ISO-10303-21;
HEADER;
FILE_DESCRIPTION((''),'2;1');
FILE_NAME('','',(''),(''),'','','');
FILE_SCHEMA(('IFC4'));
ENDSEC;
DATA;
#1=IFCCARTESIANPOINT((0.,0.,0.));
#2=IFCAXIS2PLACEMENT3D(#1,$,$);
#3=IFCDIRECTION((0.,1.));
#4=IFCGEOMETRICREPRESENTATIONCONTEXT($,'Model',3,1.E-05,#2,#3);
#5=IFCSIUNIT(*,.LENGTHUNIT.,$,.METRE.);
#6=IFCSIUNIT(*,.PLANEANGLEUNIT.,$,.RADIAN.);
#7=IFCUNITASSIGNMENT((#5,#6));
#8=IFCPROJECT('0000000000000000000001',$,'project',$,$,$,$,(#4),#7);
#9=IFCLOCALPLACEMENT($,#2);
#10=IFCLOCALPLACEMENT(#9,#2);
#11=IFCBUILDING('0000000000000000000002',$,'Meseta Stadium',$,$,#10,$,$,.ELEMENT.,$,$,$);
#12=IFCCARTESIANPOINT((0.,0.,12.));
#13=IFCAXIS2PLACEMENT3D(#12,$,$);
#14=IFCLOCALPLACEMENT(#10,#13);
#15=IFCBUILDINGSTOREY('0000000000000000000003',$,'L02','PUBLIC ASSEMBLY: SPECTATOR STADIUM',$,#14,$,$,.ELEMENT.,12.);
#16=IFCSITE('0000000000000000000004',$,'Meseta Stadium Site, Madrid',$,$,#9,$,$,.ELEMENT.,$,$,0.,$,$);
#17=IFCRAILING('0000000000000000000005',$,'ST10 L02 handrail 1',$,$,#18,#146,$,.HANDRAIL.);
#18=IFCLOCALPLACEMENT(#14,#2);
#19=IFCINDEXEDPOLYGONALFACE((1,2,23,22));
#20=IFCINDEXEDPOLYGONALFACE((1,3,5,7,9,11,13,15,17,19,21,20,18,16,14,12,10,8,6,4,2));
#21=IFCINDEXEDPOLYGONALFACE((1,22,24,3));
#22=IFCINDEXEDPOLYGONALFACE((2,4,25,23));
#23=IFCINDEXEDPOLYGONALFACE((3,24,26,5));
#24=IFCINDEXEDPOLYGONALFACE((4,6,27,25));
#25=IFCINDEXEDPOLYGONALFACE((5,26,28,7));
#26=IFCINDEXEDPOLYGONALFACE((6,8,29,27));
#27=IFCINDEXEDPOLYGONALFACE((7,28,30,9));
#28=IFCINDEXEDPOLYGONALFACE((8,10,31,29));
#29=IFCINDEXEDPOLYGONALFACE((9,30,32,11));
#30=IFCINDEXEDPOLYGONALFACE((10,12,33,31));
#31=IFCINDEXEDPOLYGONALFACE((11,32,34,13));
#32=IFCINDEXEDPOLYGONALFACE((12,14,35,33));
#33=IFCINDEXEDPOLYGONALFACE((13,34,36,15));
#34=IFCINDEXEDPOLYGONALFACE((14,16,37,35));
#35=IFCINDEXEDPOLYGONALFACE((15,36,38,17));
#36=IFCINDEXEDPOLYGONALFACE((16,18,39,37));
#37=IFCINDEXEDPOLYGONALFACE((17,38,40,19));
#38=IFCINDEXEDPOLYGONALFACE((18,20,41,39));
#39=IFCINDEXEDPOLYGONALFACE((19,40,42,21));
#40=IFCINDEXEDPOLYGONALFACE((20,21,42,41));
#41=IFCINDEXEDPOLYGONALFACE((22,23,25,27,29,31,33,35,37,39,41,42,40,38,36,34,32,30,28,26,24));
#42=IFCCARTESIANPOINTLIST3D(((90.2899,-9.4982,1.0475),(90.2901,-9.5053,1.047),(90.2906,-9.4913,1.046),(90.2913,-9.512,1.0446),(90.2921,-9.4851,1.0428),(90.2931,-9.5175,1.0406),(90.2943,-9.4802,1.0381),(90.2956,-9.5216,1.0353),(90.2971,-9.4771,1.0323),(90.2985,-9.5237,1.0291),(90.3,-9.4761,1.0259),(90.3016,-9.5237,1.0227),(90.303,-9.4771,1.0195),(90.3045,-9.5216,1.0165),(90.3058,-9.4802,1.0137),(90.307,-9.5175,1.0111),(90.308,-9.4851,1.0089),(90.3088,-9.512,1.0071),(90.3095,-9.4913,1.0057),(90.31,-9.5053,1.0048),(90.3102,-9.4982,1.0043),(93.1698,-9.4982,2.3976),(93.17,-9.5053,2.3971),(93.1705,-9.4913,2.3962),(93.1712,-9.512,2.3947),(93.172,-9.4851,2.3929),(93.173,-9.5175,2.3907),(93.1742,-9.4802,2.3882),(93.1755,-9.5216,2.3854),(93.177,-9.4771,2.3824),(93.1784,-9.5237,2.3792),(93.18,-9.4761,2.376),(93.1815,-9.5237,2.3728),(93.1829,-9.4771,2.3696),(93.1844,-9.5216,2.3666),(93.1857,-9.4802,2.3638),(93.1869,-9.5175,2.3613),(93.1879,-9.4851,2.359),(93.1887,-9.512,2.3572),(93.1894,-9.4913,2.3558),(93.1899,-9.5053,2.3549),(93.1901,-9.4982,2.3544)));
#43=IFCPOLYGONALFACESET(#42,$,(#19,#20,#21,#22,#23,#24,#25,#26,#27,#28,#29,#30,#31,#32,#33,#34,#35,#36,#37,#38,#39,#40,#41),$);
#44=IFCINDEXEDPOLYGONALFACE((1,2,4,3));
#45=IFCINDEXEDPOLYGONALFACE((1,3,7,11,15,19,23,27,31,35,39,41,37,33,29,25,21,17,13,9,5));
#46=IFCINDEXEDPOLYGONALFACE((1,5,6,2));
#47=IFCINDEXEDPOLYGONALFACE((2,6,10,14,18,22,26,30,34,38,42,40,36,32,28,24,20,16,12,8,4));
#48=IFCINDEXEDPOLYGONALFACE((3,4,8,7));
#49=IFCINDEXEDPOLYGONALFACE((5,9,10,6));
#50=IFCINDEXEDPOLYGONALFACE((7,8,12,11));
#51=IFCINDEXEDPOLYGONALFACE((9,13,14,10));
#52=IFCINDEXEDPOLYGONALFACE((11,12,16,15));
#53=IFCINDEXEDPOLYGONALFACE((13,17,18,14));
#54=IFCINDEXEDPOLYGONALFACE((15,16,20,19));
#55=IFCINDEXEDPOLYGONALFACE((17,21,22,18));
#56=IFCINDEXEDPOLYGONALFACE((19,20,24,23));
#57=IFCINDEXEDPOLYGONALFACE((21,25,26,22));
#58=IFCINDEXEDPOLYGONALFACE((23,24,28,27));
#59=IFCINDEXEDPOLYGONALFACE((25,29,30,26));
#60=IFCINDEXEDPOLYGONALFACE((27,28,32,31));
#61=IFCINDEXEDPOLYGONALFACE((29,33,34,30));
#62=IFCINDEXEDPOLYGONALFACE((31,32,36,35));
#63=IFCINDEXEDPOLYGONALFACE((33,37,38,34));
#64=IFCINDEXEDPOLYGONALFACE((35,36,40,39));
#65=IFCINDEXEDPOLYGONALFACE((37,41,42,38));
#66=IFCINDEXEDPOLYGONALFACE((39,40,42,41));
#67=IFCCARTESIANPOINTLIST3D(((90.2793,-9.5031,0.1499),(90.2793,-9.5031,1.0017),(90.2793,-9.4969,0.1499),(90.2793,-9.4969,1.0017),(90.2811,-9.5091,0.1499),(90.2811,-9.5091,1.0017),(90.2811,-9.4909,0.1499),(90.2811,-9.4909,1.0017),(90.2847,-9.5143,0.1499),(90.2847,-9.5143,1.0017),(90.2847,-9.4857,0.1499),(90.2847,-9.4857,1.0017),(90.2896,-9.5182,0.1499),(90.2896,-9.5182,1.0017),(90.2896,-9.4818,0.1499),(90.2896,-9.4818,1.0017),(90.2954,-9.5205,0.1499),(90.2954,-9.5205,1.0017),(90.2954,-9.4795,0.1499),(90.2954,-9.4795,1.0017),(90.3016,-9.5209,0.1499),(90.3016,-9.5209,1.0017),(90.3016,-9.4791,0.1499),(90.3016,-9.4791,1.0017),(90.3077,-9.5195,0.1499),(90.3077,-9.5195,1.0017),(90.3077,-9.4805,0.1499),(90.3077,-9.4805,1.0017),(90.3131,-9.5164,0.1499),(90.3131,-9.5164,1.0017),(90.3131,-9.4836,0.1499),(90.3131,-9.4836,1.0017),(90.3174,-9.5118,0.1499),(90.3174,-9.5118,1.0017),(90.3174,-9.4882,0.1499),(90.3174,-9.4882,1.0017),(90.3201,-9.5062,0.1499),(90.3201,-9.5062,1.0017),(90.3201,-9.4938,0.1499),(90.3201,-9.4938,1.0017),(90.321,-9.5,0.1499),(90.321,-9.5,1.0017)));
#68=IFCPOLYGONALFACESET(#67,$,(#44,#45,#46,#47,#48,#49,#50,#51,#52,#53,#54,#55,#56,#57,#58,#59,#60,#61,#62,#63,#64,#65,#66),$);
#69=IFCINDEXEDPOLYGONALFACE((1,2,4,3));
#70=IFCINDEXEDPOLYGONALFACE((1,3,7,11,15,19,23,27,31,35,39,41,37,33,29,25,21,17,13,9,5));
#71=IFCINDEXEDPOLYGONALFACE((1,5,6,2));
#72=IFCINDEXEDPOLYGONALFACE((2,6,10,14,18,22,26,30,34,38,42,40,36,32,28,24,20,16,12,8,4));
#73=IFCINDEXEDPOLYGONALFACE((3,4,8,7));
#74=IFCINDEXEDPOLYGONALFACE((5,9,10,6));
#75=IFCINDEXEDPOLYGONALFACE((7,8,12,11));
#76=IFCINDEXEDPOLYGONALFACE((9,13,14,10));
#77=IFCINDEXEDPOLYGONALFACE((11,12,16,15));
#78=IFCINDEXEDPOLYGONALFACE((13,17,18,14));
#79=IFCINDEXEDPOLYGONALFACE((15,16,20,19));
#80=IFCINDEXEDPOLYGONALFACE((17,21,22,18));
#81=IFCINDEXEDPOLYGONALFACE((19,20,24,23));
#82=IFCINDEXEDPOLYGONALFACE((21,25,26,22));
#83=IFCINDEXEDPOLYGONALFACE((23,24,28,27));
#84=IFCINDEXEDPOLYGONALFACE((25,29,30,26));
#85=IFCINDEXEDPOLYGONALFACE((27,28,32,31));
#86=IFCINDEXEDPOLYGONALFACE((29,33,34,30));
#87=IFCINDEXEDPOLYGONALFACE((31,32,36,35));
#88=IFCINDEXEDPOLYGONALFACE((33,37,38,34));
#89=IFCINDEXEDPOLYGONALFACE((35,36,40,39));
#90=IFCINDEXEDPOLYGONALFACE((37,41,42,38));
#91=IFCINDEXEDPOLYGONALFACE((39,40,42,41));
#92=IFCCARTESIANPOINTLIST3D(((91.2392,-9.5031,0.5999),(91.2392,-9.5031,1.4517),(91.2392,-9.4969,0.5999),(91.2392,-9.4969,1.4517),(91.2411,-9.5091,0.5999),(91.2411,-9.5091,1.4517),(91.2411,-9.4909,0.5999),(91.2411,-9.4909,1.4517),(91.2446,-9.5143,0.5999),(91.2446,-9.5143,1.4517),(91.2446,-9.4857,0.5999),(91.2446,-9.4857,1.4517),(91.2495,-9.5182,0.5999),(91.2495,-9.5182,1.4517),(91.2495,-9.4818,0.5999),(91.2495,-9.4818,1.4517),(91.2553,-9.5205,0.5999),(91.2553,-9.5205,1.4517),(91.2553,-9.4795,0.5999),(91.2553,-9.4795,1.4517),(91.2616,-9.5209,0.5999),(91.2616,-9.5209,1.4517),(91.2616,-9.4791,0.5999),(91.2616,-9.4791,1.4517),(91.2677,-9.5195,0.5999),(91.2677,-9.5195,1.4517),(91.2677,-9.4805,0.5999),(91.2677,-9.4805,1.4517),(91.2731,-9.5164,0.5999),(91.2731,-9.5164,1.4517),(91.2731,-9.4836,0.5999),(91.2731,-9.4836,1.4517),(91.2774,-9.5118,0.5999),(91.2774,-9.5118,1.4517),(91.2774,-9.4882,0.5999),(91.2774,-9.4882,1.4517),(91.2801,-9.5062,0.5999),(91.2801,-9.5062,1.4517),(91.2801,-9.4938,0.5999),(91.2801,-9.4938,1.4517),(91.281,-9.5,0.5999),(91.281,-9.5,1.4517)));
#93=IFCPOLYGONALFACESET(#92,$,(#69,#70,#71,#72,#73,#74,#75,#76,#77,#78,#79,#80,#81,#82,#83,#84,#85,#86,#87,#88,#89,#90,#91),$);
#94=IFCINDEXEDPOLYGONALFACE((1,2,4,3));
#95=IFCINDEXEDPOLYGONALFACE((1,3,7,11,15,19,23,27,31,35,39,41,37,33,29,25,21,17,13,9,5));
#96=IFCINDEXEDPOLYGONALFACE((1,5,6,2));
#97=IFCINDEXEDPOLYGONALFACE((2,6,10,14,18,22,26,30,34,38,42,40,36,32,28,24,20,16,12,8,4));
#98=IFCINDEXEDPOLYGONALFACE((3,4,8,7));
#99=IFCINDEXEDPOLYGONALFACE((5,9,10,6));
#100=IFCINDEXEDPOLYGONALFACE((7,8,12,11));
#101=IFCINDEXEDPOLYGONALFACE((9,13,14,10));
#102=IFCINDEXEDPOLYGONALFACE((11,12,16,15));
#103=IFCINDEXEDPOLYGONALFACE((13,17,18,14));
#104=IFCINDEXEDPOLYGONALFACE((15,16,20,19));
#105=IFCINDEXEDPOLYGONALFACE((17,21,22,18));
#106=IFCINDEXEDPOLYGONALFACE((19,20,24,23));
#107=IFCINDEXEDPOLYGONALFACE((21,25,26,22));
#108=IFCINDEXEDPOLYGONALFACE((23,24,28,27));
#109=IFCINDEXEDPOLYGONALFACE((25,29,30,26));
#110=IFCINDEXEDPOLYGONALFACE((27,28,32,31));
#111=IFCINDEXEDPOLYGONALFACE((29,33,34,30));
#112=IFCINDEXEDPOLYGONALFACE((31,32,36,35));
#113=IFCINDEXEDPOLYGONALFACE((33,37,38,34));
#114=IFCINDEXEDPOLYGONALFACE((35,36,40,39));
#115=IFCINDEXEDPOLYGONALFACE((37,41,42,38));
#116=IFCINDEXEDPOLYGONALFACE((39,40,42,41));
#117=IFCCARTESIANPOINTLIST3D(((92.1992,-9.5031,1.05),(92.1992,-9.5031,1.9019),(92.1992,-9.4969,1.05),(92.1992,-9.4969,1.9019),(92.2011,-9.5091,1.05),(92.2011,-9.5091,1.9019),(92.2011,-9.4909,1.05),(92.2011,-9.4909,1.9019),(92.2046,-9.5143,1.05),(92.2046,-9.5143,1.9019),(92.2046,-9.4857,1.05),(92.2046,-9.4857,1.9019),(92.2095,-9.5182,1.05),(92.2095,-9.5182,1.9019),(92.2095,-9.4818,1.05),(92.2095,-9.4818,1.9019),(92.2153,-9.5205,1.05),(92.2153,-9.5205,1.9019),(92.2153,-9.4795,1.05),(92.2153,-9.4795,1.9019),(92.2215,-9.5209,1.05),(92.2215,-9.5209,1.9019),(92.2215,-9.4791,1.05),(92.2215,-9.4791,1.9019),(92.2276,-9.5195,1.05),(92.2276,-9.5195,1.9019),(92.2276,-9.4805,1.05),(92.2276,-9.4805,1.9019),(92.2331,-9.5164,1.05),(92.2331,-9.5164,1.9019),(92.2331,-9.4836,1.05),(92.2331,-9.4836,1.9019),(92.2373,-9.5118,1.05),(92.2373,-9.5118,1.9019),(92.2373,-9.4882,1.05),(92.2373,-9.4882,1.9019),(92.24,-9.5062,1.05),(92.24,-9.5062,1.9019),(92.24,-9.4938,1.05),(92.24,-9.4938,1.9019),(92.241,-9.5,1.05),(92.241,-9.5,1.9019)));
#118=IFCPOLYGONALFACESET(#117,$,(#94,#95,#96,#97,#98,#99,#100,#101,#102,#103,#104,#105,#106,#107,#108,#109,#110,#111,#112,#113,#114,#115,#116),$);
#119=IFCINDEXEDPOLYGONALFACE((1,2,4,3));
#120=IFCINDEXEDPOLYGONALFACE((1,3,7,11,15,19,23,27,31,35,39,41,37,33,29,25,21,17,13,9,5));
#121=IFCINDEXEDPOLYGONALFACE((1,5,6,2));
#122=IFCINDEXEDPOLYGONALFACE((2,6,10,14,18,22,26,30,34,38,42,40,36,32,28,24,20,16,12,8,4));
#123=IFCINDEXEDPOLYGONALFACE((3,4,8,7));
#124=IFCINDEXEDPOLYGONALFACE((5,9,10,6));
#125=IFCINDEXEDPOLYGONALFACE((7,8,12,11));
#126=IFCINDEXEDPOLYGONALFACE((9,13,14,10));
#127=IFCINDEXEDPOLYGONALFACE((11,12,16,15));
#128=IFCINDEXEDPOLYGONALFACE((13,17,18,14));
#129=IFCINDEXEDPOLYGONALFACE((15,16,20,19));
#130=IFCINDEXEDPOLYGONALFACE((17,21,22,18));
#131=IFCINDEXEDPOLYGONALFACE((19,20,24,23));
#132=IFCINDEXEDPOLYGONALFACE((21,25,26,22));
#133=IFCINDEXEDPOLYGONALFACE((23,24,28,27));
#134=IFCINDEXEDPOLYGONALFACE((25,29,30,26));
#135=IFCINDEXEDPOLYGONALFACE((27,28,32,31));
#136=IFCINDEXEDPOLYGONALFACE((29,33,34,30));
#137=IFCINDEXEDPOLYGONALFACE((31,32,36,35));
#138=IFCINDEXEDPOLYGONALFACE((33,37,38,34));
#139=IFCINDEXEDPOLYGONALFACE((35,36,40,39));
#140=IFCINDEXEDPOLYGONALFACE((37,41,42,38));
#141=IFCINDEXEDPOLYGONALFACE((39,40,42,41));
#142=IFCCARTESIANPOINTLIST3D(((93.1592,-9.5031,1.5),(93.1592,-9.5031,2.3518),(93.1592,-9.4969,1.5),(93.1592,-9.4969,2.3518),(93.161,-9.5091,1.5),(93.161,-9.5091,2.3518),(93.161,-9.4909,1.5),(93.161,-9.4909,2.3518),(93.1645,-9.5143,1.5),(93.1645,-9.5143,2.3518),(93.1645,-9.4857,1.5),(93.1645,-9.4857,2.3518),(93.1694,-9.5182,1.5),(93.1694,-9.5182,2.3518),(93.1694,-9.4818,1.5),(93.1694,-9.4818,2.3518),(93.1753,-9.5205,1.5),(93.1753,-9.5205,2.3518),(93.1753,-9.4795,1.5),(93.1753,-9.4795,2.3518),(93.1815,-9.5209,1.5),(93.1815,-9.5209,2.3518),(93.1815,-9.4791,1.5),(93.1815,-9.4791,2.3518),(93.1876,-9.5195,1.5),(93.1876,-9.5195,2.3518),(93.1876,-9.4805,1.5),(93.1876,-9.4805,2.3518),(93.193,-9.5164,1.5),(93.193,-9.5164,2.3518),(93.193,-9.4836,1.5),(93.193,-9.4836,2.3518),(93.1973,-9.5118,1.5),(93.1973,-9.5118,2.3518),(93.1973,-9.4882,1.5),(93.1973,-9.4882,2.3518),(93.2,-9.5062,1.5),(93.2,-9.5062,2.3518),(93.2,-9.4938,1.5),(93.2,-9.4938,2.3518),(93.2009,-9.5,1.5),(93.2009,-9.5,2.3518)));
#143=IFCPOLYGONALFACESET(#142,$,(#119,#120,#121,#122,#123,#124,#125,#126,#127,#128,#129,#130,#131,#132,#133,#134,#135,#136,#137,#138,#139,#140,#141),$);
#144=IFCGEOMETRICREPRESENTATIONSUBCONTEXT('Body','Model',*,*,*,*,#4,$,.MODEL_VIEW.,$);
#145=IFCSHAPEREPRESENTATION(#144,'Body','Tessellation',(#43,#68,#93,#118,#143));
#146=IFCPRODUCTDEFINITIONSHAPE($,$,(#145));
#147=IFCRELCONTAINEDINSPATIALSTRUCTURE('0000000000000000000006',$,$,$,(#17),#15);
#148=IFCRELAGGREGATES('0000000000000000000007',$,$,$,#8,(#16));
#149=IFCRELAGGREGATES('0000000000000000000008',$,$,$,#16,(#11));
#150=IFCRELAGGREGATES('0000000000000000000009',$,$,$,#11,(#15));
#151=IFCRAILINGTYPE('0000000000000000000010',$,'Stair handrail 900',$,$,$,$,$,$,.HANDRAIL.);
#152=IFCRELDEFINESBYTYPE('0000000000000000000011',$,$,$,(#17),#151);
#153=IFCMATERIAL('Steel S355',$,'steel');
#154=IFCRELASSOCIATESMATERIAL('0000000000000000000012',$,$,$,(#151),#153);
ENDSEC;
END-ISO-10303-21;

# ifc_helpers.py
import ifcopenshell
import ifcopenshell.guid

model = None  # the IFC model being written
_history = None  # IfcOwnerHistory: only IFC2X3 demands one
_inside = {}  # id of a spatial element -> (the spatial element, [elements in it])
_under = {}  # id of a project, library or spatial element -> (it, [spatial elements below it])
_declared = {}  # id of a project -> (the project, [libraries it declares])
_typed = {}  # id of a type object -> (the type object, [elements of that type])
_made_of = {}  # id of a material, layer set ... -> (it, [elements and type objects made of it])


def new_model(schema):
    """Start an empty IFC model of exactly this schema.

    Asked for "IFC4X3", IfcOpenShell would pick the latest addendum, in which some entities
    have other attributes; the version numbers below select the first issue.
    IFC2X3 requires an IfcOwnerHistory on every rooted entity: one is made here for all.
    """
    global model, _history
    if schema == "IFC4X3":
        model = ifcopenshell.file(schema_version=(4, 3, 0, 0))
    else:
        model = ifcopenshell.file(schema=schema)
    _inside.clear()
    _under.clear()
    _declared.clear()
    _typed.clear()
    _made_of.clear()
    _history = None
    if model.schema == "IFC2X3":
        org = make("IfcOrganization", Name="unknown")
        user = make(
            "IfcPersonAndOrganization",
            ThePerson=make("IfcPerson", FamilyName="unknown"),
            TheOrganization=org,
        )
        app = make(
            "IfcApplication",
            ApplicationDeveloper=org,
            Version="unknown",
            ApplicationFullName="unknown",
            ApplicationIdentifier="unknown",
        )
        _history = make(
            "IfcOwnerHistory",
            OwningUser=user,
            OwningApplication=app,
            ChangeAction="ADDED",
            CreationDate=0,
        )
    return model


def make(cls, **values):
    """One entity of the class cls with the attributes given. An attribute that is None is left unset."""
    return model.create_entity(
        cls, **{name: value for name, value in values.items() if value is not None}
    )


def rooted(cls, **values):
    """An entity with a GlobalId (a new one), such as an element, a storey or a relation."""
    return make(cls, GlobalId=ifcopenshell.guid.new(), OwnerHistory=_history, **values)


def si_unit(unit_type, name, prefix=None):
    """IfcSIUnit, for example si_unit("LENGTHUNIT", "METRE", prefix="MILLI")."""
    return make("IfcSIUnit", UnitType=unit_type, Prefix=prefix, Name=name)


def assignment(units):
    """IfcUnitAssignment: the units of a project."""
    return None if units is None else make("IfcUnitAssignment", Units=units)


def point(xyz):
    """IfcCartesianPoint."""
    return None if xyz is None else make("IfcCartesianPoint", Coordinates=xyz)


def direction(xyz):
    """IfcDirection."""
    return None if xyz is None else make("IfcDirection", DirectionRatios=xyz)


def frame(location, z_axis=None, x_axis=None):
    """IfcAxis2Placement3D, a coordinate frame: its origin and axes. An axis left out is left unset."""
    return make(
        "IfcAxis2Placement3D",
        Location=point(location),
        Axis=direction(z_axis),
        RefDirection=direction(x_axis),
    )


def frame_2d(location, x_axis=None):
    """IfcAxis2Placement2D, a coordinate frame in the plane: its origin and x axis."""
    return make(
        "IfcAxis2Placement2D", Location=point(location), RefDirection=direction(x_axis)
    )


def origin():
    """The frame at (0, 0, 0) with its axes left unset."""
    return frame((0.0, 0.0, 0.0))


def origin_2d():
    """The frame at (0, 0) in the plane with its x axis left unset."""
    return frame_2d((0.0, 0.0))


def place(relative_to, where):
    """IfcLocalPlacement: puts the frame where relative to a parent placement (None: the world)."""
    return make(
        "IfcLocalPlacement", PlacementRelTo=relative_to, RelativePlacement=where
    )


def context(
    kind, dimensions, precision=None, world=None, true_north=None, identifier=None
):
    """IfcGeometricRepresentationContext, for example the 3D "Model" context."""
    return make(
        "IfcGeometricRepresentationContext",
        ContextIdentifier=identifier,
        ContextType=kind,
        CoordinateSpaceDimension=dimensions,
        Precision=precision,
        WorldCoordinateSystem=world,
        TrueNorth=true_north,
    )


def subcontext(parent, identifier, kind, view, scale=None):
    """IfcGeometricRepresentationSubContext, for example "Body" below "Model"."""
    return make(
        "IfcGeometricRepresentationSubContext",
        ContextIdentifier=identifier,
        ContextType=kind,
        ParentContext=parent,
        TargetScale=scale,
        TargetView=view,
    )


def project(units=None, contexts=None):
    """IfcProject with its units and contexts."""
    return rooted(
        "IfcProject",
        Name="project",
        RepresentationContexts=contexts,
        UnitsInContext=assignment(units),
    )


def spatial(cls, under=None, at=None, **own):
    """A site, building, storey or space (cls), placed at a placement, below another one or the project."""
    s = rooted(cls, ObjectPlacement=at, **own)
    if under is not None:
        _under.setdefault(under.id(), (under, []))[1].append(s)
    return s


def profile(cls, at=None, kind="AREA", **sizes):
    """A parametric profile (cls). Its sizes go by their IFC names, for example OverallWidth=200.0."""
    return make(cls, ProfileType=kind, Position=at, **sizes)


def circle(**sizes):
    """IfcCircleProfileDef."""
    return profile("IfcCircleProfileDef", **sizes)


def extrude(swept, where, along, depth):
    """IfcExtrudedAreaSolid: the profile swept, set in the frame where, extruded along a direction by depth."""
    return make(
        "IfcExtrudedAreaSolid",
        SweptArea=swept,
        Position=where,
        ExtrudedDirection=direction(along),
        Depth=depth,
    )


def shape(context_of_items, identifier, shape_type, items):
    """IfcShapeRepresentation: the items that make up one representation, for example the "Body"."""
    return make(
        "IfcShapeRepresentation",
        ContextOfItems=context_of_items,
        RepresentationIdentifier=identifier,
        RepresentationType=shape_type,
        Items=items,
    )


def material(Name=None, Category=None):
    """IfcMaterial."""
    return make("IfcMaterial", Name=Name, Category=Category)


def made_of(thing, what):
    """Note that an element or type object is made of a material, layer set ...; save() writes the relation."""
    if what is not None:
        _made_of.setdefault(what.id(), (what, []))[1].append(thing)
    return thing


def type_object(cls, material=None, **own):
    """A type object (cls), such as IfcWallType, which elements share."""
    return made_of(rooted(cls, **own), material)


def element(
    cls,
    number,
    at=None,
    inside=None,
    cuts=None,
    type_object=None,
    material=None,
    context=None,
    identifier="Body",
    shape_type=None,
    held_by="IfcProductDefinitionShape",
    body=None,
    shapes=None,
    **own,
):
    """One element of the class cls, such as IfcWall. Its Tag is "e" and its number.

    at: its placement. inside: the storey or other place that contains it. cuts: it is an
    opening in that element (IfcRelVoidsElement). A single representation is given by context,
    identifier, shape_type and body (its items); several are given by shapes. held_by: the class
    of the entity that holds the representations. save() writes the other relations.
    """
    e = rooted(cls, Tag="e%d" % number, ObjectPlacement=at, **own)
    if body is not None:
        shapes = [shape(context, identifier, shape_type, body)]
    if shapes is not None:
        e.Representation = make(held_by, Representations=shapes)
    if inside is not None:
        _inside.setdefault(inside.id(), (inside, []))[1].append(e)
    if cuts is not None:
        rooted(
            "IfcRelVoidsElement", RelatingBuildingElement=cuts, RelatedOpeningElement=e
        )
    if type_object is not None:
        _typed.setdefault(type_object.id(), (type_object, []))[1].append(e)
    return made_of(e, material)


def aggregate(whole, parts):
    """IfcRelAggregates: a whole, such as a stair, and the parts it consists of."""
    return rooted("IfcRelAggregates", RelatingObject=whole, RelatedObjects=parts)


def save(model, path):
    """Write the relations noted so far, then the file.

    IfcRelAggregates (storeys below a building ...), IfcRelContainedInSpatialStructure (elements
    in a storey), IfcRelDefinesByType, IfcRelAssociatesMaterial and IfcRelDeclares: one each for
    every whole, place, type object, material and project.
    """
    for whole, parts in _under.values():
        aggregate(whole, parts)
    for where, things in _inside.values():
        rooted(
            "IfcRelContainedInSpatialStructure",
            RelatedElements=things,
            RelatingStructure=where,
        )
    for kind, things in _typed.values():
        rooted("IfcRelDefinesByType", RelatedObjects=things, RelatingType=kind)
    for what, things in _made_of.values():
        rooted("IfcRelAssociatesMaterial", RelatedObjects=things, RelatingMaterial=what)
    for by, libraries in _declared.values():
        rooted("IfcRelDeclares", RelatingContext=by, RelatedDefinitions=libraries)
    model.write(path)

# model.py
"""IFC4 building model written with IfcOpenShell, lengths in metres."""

from ifc_helpers import new_model, si_unit, direction, frame, origin, origin_2d, place, context, subcontext, project, spatial, circle, extrude, material, type_object, element, save


model = new_model("IFC4")

# Units and contexts
model_context = context("Model", 3, precision=1e-05, world=origin(), true_north=direction((0.0, 1.0)))
body_context = subcontext(model_context, "Body", "Model", "MODEL_VIEW")
ifc_project = project(units=[si_unit("LENGTHUNIT", "METRE"), si_unit("PLANEANGLEUNIT", "RADIAN")], contexts=[model_context])

# Site, building, storey
site_placement = place(None, origin())
site = spatial("IfcSite", under=ifc_project, at=site_placement, Name="Meseta Stadium Site, Madrid", CompositionType="ELEMENT", RefElevation=0.0)
building_placement = place(site_placement, origin())
building = spatial("IfcBuilding", under=site, at=building_placement, Name="Meseta Stadium", CompositionType="ELEMENT")
storey_placement = place(building_placement, frame((0.0, 0.0, 12.0)))
storey = spatial("IfcBuildingStorey", under=building, at=storey_placement, Name="L02", Description="PUBLIC ASSEMBLY: SPECTATOR STADIUM", CompositionType="ELEMENT", Elevation=12.0)

# Railing
ifc_material_1 = material(Name="Steel S355", Category="steel")
railing_type_1 = type_object("IfcRailingType", Name="Stair handrail 900", PredefinedType="HANDRAIL", material=ifc_material_1)
railing_1_placement = place(storey_placement, frame((90.3, -9.5, 0.1499)))
element("IfcRailing", 1, at=railing_1_placement, inside=storey, type_object=railing_type_1, Name="ST10 L02 handrail 1", PredefinedType="HANDRAIL", context=body_context, shape_type="SweptSolid", body=[
    extrude(circle(Radius=0.0239, at=origin_2d()), frame((0.0, 0.0, 0.876), z_axis=(0.90544, 0.0, 0.424473), x_axis=(0.0, 1.0, 0.0)), (0.0, 0.0, 1.0), 3.1807),
    extrude(circle(Radius=0.021, at=origin_2d()), origin(), (0.0, 0.0, 1.0), 0.8518),
    extrude(circle(Radius=0.021, at=origin_2d()), frame((0.96, 0.0, 0.45)), (0.0, 0.0, 1.0), 0.8518),
    extrude(circle(Radius=0.021, at=origin_2d()), frame((1.9199, 0.0, 0.9001)), (0.0, 0.0, 1.0), 0.8518),
    extrude(circle(Radius=0.021, at=origin_2d()), frame((2.8799, 0.0, 1.3501)), (0.0, 0.0, 1.0), 0.8518),
])

save(model, "model.ifc")
